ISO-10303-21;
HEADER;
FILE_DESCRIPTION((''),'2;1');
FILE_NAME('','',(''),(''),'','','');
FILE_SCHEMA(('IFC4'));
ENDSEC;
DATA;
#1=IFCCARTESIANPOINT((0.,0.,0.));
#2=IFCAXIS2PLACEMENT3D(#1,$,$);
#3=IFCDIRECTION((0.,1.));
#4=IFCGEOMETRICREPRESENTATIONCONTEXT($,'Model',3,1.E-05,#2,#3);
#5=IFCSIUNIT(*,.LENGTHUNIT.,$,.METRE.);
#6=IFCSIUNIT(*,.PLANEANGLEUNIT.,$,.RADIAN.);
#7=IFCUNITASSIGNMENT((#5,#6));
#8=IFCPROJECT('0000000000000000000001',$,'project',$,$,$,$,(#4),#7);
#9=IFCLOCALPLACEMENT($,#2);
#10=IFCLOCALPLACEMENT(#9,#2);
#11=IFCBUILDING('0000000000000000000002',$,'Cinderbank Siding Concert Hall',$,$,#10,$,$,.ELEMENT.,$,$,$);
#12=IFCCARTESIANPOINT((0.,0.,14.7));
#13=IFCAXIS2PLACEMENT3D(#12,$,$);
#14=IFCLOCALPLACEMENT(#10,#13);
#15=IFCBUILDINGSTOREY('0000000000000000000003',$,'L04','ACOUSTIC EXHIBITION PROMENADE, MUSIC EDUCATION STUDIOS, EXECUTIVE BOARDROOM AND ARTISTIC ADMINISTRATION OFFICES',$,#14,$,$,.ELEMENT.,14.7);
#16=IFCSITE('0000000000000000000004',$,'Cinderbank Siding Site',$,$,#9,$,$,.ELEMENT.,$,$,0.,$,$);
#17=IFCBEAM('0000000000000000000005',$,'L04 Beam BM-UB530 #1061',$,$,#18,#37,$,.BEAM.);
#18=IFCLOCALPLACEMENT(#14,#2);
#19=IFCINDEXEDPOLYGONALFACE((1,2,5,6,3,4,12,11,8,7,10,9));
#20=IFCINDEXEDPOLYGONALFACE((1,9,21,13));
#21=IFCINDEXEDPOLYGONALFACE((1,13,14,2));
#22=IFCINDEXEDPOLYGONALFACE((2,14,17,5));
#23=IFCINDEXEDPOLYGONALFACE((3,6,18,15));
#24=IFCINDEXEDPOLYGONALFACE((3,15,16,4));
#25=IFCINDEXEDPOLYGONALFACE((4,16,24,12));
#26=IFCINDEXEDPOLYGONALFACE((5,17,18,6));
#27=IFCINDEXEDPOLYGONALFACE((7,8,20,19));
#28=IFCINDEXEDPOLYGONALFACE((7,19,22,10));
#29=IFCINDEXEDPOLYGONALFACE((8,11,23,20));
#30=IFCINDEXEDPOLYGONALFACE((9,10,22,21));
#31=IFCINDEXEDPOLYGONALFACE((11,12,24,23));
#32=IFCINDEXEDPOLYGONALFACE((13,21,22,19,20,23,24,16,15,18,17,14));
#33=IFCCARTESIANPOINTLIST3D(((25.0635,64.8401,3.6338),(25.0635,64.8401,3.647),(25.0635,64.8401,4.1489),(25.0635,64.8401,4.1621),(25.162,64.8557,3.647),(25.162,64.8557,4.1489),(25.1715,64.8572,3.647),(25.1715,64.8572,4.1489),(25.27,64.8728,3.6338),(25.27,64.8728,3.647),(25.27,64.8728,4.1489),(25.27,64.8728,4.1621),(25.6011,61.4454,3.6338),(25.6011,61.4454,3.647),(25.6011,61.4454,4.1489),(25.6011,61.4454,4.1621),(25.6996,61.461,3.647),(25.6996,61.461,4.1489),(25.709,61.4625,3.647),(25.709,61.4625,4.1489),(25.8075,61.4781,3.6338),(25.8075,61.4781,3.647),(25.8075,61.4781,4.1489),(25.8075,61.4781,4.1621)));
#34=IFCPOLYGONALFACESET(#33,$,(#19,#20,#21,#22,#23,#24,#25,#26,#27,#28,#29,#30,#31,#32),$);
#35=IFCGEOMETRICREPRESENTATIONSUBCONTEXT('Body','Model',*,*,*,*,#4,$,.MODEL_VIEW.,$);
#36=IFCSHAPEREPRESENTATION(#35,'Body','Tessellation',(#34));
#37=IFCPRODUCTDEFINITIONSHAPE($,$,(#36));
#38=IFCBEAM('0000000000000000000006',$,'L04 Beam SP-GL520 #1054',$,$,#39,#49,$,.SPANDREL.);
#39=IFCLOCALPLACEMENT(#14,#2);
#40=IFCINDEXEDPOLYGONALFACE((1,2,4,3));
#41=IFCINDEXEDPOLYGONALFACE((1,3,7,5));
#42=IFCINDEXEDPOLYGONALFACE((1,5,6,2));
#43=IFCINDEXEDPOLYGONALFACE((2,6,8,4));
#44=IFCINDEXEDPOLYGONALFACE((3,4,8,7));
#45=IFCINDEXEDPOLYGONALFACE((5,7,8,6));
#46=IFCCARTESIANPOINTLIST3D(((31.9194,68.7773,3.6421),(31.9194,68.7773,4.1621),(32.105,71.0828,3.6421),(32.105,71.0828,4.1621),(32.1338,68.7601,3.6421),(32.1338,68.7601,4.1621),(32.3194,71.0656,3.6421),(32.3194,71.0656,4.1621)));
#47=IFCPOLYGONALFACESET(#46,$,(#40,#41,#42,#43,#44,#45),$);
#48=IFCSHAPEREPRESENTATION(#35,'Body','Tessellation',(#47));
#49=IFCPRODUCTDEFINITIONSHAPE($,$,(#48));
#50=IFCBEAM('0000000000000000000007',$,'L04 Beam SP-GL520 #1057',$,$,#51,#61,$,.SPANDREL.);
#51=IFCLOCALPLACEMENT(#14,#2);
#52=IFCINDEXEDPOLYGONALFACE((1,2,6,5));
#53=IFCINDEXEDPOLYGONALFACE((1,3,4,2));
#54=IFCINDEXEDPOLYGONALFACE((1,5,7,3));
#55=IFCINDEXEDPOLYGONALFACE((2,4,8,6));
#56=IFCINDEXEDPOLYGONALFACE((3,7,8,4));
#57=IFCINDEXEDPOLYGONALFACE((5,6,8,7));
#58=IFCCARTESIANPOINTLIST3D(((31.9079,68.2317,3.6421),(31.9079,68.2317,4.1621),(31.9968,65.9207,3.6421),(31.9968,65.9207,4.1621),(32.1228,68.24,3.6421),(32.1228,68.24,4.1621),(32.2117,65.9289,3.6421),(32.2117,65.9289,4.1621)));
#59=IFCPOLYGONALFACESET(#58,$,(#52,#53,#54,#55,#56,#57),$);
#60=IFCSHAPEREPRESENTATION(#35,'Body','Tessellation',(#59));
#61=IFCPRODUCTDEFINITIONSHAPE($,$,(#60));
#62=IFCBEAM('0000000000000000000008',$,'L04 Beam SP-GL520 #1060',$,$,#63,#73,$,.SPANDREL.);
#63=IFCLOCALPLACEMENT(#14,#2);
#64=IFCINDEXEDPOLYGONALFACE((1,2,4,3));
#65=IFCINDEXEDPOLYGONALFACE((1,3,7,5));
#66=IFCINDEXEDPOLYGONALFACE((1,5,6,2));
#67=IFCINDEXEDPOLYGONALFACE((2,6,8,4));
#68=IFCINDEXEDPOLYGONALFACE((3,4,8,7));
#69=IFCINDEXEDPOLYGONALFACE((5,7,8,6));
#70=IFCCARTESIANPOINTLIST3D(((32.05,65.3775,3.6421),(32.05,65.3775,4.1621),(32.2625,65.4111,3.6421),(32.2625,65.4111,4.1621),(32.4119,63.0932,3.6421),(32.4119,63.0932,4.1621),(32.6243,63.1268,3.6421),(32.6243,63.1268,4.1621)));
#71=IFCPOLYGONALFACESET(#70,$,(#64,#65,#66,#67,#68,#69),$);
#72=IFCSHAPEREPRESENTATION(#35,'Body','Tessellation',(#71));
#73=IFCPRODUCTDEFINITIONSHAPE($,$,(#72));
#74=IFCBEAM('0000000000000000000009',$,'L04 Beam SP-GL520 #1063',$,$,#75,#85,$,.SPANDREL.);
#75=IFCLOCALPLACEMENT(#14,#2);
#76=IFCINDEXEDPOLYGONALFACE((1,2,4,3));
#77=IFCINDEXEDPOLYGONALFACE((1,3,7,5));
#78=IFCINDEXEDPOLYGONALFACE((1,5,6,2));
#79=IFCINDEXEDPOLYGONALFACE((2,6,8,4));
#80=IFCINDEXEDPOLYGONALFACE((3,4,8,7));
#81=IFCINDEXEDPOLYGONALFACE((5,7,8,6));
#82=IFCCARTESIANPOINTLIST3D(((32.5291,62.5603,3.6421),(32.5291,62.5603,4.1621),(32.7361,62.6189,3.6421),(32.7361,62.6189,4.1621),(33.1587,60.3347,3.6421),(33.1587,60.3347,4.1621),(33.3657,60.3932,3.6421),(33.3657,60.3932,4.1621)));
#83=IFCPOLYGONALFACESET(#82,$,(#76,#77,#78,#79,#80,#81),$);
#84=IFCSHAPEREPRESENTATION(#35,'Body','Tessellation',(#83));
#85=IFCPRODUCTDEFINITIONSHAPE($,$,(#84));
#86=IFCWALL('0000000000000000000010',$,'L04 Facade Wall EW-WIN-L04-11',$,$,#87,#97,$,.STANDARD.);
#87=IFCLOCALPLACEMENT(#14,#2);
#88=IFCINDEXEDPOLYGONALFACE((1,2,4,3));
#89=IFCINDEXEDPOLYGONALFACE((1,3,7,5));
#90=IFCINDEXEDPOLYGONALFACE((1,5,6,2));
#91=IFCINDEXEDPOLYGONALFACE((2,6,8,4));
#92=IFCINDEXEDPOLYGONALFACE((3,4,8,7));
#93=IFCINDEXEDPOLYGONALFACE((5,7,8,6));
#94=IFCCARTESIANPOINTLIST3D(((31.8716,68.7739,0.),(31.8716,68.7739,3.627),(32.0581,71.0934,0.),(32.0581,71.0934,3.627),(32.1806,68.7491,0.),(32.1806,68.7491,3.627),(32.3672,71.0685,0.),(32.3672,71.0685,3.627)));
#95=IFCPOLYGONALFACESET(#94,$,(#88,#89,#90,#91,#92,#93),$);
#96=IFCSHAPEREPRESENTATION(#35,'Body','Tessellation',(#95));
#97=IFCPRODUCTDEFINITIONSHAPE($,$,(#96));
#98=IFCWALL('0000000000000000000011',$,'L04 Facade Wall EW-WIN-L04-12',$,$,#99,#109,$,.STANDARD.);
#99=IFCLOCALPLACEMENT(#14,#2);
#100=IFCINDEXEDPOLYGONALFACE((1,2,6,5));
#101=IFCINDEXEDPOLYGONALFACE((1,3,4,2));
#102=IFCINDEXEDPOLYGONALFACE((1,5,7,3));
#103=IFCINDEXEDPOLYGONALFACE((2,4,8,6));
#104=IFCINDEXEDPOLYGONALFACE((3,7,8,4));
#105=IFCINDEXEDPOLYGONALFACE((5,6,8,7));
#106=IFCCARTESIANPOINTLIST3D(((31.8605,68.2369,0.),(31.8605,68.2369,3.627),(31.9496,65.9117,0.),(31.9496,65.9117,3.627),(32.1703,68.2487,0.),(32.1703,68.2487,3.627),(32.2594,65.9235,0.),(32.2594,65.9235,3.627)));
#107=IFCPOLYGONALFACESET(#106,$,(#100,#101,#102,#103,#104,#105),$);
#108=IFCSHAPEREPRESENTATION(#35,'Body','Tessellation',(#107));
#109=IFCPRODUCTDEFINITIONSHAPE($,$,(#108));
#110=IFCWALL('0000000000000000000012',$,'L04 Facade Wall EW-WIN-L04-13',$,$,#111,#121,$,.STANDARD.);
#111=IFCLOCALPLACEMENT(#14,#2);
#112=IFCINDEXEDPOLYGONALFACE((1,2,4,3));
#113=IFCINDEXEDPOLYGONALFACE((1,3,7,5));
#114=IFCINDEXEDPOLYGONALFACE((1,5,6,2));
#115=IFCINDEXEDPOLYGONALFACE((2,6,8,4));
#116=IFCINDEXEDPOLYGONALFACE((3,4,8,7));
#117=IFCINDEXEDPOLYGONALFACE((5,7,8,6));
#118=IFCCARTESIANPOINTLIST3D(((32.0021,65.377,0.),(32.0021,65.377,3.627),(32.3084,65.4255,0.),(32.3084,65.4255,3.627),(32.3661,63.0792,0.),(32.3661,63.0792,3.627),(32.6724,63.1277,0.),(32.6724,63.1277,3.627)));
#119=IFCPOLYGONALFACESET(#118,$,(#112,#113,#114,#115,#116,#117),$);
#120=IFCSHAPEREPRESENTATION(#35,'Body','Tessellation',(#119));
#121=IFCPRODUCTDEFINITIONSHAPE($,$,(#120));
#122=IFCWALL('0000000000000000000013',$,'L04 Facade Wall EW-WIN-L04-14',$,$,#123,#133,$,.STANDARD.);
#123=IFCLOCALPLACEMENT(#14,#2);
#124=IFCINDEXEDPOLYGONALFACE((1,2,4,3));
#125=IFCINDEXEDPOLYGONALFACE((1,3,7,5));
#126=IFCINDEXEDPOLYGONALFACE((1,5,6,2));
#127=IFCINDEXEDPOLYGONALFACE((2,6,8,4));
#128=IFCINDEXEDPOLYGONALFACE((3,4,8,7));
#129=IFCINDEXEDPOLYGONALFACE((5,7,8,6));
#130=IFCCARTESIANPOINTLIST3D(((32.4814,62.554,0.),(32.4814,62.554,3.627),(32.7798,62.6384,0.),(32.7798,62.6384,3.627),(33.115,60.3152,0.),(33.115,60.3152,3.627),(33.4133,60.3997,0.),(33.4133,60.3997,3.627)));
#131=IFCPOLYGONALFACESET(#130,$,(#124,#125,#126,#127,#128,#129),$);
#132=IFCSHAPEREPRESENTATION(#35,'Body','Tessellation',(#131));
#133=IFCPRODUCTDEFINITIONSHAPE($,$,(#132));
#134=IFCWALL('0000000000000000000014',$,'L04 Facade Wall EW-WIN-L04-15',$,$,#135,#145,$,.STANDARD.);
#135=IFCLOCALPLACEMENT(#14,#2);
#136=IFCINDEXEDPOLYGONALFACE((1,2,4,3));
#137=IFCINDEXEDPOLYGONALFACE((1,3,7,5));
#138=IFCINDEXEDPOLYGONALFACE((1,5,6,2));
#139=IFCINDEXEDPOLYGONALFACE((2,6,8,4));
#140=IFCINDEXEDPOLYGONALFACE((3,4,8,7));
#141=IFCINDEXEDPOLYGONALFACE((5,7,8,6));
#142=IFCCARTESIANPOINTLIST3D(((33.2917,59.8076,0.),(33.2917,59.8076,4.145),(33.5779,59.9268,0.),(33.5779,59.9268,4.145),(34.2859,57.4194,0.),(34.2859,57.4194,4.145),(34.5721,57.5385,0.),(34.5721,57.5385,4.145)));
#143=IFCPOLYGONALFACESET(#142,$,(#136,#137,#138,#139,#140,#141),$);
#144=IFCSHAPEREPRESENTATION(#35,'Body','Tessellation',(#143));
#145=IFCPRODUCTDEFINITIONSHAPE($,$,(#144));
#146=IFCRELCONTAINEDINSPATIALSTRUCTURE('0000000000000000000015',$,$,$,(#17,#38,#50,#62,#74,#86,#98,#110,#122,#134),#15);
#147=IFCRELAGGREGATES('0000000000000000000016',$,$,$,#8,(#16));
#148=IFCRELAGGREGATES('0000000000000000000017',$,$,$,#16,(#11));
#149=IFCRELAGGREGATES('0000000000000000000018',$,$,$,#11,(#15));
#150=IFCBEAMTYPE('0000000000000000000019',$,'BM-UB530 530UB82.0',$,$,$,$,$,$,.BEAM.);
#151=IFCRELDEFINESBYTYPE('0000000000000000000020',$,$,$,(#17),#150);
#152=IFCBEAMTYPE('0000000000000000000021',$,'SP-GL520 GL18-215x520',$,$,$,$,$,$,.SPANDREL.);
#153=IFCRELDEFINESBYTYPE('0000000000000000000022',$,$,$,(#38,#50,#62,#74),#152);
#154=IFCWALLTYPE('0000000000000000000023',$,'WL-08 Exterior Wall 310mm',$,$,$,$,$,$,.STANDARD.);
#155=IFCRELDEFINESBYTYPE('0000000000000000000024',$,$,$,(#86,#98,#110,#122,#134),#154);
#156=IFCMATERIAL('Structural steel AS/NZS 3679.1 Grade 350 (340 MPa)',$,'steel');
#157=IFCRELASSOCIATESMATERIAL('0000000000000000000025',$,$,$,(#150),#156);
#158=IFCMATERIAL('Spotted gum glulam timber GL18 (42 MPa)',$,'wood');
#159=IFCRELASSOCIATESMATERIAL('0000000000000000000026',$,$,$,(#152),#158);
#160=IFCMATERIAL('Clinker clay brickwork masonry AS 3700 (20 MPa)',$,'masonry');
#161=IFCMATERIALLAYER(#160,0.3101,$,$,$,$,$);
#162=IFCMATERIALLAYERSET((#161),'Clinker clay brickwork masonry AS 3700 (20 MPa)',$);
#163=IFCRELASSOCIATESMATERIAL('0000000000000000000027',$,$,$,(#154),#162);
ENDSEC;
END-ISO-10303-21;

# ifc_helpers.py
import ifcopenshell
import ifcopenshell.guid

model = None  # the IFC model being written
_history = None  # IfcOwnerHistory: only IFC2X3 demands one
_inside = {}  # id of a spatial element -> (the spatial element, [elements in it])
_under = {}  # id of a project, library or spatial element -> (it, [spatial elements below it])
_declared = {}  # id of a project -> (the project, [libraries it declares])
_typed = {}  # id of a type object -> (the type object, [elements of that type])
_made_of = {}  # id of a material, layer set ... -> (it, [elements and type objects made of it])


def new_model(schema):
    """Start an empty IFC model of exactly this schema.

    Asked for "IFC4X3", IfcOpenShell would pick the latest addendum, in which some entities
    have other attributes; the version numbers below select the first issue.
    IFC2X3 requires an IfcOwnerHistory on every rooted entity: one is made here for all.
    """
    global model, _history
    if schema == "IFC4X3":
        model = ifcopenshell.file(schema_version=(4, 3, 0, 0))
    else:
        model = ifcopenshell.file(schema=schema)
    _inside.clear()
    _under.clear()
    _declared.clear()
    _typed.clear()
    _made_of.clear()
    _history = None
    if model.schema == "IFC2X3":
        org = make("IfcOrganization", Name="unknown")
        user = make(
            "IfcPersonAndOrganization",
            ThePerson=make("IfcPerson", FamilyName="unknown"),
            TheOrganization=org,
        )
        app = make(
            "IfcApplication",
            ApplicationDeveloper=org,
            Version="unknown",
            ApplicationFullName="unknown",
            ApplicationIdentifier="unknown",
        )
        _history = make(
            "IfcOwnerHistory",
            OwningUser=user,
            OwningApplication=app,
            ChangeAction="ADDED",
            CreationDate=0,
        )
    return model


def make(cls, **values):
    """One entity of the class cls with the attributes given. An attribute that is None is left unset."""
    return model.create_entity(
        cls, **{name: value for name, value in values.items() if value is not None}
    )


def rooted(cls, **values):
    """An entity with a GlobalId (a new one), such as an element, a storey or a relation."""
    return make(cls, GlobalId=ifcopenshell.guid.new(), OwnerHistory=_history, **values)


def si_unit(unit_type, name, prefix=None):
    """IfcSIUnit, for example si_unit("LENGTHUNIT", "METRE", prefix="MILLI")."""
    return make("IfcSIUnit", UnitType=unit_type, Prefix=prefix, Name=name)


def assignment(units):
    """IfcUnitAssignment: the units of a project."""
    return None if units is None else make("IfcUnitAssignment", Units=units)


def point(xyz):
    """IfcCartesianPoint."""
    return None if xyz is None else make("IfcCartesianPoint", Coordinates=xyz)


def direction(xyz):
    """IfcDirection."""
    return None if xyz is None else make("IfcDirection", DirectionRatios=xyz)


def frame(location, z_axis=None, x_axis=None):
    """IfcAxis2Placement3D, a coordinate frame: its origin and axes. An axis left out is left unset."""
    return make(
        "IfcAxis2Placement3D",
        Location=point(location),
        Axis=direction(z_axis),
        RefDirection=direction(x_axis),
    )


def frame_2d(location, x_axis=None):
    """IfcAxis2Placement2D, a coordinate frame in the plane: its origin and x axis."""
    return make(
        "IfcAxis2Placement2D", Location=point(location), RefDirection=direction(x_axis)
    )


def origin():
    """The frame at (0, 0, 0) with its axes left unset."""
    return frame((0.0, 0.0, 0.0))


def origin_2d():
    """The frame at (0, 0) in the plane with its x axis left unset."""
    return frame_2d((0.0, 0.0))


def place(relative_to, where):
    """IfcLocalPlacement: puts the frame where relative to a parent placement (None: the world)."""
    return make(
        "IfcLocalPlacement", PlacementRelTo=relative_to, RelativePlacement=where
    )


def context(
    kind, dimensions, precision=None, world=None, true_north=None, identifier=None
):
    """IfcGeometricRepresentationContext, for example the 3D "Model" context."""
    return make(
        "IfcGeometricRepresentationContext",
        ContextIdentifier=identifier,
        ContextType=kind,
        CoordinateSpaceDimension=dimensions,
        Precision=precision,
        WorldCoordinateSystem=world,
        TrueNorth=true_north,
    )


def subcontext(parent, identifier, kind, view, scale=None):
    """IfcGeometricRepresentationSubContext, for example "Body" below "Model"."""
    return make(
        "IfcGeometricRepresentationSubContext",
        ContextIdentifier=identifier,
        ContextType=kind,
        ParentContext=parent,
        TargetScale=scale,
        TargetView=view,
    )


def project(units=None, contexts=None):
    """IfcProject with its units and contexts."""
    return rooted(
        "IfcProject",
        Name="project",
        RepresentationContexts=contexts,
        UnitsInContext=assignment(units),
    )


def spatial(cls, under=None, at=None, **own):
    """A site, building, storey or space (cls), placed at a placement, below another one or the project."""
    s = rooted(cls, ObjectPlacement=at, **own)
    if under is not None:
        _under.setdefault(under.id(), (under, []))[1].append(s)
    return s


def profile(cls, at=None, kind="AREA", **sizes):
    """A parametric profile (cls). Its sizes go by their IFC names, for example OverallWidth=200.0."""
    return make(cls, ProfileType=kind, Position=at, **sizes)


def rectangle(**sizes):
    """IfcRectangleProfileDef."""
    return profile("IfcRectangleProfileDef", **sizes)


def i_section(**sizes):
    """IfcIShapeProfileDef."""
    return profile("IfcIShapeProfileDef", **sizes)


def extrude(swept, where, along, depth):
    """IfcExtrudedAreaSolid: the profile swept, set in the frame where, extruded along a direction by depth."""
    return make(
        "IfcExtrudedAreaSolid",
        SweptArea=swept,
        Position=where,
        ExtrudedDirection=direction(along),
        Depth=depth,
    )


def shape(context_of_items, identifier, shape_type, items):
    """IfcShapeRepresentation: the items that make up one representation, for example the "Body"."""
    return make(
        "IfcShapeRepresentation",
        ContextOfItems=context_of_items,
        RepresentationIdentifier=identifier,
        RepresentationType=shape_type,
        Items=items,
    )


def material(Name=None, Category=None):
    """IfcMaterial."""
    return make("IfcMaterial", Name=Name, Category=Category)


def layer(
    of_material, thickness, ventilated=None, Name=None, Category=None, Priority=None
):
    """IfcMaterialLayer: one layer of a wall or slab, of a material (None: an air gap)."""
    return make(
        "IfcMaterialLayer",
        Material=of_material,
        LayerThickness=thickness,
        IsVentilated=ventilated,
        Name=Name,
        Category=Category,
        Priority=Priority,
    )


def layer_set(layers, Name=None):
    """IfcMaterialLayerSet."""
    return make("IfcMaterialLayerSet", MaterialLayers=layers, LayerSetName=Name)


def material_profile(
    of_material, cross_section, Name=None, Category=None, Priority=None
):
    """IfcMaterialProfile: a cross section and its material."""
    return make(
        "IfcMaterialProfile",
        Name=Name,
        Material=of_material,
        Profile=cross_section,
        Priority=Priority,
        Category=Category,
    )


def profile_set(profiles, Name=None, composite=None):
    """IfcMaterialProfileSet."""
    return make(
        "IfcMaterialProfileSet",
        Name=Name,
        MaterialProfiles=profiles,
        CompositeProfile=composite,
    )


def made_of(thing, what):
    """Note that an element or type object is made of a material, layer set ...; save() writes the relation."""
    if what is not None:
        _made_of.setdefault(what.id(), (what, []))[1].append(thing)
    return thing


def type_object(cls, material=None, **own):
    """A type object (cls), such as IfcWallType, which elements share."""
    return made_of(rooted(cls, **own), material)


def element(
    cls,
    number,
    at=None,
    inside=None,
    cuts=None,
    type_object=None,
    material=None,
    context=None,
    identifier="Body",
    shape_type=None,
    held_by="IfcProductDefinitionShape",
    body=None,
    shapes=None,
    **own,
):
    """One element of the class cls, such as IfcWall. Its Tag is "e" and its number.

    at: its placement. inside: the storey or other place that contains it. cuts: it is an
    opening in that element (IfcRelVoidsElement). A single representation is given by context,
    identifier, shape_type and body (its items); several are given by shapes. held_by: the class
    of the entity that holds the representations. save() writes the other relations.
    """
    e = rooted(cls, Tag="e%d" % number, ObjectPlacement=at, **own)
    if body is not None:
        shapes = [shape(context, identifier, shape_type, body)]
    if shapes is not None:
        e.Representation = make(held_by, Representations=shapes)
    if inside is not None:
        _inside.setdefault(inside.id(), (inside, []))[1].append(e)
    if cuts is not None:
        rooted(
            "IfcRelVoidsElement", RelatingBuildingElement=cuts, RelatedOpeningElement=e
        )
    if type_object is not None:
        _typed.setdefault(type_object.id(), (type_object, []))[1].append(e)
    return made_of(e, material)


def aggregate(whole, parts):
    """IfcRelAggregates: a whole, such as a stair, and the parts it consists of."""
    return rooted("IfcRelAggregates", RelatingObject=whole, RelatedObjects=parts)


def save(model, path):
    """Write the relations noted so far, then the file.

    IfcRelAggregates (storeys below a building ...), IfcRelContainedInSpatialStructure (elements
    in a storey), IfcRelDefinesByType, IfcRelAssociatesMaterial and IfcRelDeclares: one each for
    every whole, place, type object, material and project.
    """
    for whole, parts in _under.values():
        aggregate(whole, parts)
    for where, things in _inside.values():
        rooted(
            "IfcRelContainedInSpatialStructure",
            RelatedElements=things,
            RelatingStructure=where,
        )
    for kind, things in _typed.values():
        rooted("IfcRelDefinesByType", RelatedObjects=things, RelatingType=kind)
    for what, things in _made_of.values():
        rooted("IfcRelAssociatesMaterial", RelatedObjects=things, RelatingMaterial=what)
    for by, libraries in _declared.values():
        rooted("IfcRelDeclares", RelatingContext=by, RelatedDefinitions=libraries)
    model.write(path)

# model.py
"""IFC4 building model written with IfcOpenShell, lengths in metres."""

from ifc_helpers import new_model, si_unit, direction, frame, frame_2d, origin, origin_2d, place, context, subcontext, project, spatial, rectangle, i_section, extrude, material, layer, layer_set, material_profile, profile_set, type_object, element, save


model = new_model("IFC4")

# Units and contexts
model_context = context("Model", 3, precision=1e-05, world=origin(), true_north=direction((0.0, 1.0)))
body_context = subcontext(model_context, "Body", "Model", "MODEL_VIEW")
ifc_project = project(units=[si_unit("LENGTHUNIT", "METRE"), si_unit("PLANEANGLEUNIT", "RADIAN")], contexts=[model_context])

# Site, building, storey
site_placement = place(None, origin())
site = spatial("IfcSite", under=ifc_project, at=site_placement, Name="Cinderbank Siding Site", CompositionType="ELEMENT", RefElevation=0.0)
building_placement = place(site_placement, origin())
building = spatial("IfcBuilding", under=site, at=building_placement, Name="Cinderbank Siding Concert Hall", CompositionType="ELEMENT")
storey_placement = place(building_placement, frame((0.0, 0.0, 14.7)))
storey = spatial("IfcBuildingStorey", under=building, at=storey_placement, Name="L04", Description="ACOUSTIC EXHIBITION PROMENADE, MUSIC EDUCATION STUDIOS, EXECUTIVE BOARDROOM AND ARTISTIC ADMINISTRATION OFFICES", CompositionType="ELEMENT", Elevation=14.7)

# Shared definitions
ifc_material_1 = material(Name="Structural steel AS/NZS 3679.1 Grade 350 (340 MPa)", Category="steel")

# Beams
ifc_material_profile_1 = material_profile(ifc_material_1, i_section(OverallWidth=0.209, OverallDepth=0.5283, WebThickness=0.0095, FlangeThickness=0.0132, at=origin_2d()), Name="530UB82.0", Category="LoadBearing")
ifc_profile_set_1 = profile_set([ifc_material_profile_1], Name="Structural steel AS/NZS 3679.1 Grade 350 (340 MPa)")
beam_type_1 = type_object("IfcBeamType", Name="BM-UB530 530UB82.0", PredefinedType="BEAM", material=ifc_profile_set_1)
for number, where, z_axis, x_axis, name in (
    (1, (25.1667, 64.8564, 3.8979), (0.156411, -0.987692, 0.0), (0.987692, 0.156411, 0.0), "L04 Beam BM-UB530 #1061"),
):
    element("IfcBeam", number, at=place(storey_placement, frame(where, z_axis=z_axis, x_axis=x_axis)), inside=storey, type_object=beam_type_1, Name=name, PredefinedType="BEAM", context=body_context, shape_type="SweptSolid", body=[
        extrude(i_section(OverallWidth=0.209, OverallDepth=0.5283, WebThickness=0.0095, FlangeThickness=0.0132, at=origin_2d()), origin(), (0.0, 0.0, 1.0), 3.437),
    ])
ifc_material_2 = material(Name="Spotted gum glulam timber GL18 (42 MPa)", Category="wood")
ifc_material_profile_2 = material_profile(ifc_material_2, rectangle(XDim=0.2151, YDim=0.52, at=origin_2d()), Name="GL18-215x520", Category="LoadBearing")
ifc_profile_set_2 = profile_set([ifc_material_profile_2], Name="Spotted gum glulam timber GL18 (42 MPa)")
beam_type_2 = type_object("IfcBeamType", Name="SP-GL520 GL18-215x520", PredefinedType="SPANDREL", material=ifc_profile_set_2)
beam_1_placement = place(storey_placement, frame((32.2122, 71.0742, 3.9021), z_axis=(-0.080223, -0.996777, 0.0), x_axis=(0.996777, -0.080223, 0.0)))
element("IfcBeam", 2, at=beam_1_placement, inside=storey, type_object=beam_type_2, Name="L04 Beam SP-GL520 #1054", PredefinedType="SPANDREL", context=body_context, shape_type="SweptSolid", body=[
    extrude(rectangle(XDim=0.2151, YDim=0.52, at=origin_2d()), origin(), (0.0, 0.0, 1.0), 2.313),
])
for number, where, z_axis, x_axis, name in (
    (3, (32.0154, 68.2358, 3.9021), (0.038425, -0.999261, 0.0), (0.999261, 0.038425, 0.0), "L04 Beam SP-GL520 #1057"),
    (4, (32.1562, 65.3943, 3.9021), (0.15645, -0.987686, 0.0), (0.987686, 0.15645, 0.0), "L04 Beam SP-GL520 #1060"),
):
    element("IfcBeam", number, at=place(storey_placement, frame(where, z_axis=z_axis, x_axis=x_axis)), inside=storey, type_object=beam_type_2, Name=name, PredefinedType="SPANDREL", context=body_context, shape_type="SweptSolid", body=[
        extrude(rectangle(XDim=0.2151, YDim=0.52, at=origin_2d()), origin(), (0.0, 0.0, 1.0), 2.3127),
    ])
beam_2_placement = place(storey_placement, frame((32.6326, 62.5896, 3.9021), z_axis=(0.272225, -0.962234, 0.0), x_axis=(0.962234, 0.272225, 0.0)))
element("IfcBeam", 5, at=beam_2_placement, inside=storey, type_object=beam_type_2, Name="L04 Beam SP-GL520 #1063", PredefinedType="SPANDREL", context=body_context, shape_type="SweptSolid", body=[
    extrude(rectangle(XDim=0.2151, YDim=0.52, at=origin_2d()), origin(), (0.0, 0.0, 1.0), 2.313),
])

# Walls
ifc_material_3 = material(Name="Clinker clay brickwork masonry AS 3700 (20 MPa)", Category="masonry")
ifc_layer_1 = layer(ifc_material_3, 0.3101)
ifc_layer_set_1 = layer_set([ifc_layer_1], Name="Clinker clay brickwork masonry AS 3700 (20 MPa)")
wall_type_1 = type_object("IfcWallType", Name="WL-08 Exterior Wall 310mm", PredefinedType="STANDARD", material=ifc_layer_set_1)
for number, where, z_axis, x_axis, name in (
    (6, (32.2126, 71.0811, 0.0), (0.0, 0.0, 1.0), (-0.080162, -0.996782, 0.0), "L04 Facade Wall EW-WIN-L04-11"),
    (7, (32.0154, 68.2429, 0.0), (0.0, 0.0, 1.0), (0.038296, -0.999266, 0.0), "L04 Facade Wall EW-WIN-L04-12"),
):
    element("IfcWall", number, at=place(storey_placement, frame(where, z_axis=z_axis, x_axis=x_axis)), inside=storey, type_object=wall_type_1, Name=name, PredefinedType="STANDARD", context=body_context, shape_type="SweptSolid", body=[
        extrude(rectangle(XDim=2.3269, YDim=0.3101, at=frame_2d((1.1636, 0.0))), origin(), (0.0, 0.0, 1.0), 3.627),
    ])
wall_1_placement = place(storey_placement, frame((32.1553, 65.4011, 0.0), z_axis=(0.0, 0.0, 1.0), x_axis=(0.156464, -0.987684, 0.0)))
element("IfcWall", 8, at=wall_1_placement, inside=storey, type_object=wall_type_1, Name="L04 Facade Wall EW-WIN-L04-13", PredefinedType="STANDARD", context=body_context, shape_type="SweptSolid", body=[
    extrude(rectangle(XDim=2.3264, YDim=0.3101, at=frame_2d((1.1631, 0.0))), origin(), (0.0, 0.0, 1.0), 3.627),
])
wall_2_placement = place(storey_placement, frame((32.6306, 62.5962, 0.0), z_axis=(0.0, 0.0, 1.0), x_axis=(0.272295, -0.962214, 0.0)))
element("IfcWall", 9, at=wall_2_placement, inside=storey, type_object=wall_type_1, Name="L04 Facade Wall EW-WIN-L04-14", PredefinedType="STANDARD", context=body_context, shape_type="SweptSolid", body=[
    extrude(rectangle(XDim=2.3267, YDim=0.3101, at=frame_2d((1.1633, 0.0))), origin(), (0.0, 0.0, 1.0), 3.627),
])
wall_3_placement = place(storey_placement, frame((33.4348, 59.8672, 0.0), z_axis=(0.0, 0.0, 1.0), x_axis=(0.384307, -0.923205, 0.0)))
element("IfcWall", 10, at=wall_3_placement, inside=storey, type_object=wall_type_1, Name="L04 Facade Wall EW-WIN-L04-15", PredefinedType="STANDARD", context=body_context, shape_type="SweptSolid", body=[
    extrude(rectangle(XDim=2.5869, YDim=0.3101, at=frame_2d((1.2935, 0.0))), origin(), (0.0, 0.0, 1.0), 4.145),
])

save(model, "model.ifc")
